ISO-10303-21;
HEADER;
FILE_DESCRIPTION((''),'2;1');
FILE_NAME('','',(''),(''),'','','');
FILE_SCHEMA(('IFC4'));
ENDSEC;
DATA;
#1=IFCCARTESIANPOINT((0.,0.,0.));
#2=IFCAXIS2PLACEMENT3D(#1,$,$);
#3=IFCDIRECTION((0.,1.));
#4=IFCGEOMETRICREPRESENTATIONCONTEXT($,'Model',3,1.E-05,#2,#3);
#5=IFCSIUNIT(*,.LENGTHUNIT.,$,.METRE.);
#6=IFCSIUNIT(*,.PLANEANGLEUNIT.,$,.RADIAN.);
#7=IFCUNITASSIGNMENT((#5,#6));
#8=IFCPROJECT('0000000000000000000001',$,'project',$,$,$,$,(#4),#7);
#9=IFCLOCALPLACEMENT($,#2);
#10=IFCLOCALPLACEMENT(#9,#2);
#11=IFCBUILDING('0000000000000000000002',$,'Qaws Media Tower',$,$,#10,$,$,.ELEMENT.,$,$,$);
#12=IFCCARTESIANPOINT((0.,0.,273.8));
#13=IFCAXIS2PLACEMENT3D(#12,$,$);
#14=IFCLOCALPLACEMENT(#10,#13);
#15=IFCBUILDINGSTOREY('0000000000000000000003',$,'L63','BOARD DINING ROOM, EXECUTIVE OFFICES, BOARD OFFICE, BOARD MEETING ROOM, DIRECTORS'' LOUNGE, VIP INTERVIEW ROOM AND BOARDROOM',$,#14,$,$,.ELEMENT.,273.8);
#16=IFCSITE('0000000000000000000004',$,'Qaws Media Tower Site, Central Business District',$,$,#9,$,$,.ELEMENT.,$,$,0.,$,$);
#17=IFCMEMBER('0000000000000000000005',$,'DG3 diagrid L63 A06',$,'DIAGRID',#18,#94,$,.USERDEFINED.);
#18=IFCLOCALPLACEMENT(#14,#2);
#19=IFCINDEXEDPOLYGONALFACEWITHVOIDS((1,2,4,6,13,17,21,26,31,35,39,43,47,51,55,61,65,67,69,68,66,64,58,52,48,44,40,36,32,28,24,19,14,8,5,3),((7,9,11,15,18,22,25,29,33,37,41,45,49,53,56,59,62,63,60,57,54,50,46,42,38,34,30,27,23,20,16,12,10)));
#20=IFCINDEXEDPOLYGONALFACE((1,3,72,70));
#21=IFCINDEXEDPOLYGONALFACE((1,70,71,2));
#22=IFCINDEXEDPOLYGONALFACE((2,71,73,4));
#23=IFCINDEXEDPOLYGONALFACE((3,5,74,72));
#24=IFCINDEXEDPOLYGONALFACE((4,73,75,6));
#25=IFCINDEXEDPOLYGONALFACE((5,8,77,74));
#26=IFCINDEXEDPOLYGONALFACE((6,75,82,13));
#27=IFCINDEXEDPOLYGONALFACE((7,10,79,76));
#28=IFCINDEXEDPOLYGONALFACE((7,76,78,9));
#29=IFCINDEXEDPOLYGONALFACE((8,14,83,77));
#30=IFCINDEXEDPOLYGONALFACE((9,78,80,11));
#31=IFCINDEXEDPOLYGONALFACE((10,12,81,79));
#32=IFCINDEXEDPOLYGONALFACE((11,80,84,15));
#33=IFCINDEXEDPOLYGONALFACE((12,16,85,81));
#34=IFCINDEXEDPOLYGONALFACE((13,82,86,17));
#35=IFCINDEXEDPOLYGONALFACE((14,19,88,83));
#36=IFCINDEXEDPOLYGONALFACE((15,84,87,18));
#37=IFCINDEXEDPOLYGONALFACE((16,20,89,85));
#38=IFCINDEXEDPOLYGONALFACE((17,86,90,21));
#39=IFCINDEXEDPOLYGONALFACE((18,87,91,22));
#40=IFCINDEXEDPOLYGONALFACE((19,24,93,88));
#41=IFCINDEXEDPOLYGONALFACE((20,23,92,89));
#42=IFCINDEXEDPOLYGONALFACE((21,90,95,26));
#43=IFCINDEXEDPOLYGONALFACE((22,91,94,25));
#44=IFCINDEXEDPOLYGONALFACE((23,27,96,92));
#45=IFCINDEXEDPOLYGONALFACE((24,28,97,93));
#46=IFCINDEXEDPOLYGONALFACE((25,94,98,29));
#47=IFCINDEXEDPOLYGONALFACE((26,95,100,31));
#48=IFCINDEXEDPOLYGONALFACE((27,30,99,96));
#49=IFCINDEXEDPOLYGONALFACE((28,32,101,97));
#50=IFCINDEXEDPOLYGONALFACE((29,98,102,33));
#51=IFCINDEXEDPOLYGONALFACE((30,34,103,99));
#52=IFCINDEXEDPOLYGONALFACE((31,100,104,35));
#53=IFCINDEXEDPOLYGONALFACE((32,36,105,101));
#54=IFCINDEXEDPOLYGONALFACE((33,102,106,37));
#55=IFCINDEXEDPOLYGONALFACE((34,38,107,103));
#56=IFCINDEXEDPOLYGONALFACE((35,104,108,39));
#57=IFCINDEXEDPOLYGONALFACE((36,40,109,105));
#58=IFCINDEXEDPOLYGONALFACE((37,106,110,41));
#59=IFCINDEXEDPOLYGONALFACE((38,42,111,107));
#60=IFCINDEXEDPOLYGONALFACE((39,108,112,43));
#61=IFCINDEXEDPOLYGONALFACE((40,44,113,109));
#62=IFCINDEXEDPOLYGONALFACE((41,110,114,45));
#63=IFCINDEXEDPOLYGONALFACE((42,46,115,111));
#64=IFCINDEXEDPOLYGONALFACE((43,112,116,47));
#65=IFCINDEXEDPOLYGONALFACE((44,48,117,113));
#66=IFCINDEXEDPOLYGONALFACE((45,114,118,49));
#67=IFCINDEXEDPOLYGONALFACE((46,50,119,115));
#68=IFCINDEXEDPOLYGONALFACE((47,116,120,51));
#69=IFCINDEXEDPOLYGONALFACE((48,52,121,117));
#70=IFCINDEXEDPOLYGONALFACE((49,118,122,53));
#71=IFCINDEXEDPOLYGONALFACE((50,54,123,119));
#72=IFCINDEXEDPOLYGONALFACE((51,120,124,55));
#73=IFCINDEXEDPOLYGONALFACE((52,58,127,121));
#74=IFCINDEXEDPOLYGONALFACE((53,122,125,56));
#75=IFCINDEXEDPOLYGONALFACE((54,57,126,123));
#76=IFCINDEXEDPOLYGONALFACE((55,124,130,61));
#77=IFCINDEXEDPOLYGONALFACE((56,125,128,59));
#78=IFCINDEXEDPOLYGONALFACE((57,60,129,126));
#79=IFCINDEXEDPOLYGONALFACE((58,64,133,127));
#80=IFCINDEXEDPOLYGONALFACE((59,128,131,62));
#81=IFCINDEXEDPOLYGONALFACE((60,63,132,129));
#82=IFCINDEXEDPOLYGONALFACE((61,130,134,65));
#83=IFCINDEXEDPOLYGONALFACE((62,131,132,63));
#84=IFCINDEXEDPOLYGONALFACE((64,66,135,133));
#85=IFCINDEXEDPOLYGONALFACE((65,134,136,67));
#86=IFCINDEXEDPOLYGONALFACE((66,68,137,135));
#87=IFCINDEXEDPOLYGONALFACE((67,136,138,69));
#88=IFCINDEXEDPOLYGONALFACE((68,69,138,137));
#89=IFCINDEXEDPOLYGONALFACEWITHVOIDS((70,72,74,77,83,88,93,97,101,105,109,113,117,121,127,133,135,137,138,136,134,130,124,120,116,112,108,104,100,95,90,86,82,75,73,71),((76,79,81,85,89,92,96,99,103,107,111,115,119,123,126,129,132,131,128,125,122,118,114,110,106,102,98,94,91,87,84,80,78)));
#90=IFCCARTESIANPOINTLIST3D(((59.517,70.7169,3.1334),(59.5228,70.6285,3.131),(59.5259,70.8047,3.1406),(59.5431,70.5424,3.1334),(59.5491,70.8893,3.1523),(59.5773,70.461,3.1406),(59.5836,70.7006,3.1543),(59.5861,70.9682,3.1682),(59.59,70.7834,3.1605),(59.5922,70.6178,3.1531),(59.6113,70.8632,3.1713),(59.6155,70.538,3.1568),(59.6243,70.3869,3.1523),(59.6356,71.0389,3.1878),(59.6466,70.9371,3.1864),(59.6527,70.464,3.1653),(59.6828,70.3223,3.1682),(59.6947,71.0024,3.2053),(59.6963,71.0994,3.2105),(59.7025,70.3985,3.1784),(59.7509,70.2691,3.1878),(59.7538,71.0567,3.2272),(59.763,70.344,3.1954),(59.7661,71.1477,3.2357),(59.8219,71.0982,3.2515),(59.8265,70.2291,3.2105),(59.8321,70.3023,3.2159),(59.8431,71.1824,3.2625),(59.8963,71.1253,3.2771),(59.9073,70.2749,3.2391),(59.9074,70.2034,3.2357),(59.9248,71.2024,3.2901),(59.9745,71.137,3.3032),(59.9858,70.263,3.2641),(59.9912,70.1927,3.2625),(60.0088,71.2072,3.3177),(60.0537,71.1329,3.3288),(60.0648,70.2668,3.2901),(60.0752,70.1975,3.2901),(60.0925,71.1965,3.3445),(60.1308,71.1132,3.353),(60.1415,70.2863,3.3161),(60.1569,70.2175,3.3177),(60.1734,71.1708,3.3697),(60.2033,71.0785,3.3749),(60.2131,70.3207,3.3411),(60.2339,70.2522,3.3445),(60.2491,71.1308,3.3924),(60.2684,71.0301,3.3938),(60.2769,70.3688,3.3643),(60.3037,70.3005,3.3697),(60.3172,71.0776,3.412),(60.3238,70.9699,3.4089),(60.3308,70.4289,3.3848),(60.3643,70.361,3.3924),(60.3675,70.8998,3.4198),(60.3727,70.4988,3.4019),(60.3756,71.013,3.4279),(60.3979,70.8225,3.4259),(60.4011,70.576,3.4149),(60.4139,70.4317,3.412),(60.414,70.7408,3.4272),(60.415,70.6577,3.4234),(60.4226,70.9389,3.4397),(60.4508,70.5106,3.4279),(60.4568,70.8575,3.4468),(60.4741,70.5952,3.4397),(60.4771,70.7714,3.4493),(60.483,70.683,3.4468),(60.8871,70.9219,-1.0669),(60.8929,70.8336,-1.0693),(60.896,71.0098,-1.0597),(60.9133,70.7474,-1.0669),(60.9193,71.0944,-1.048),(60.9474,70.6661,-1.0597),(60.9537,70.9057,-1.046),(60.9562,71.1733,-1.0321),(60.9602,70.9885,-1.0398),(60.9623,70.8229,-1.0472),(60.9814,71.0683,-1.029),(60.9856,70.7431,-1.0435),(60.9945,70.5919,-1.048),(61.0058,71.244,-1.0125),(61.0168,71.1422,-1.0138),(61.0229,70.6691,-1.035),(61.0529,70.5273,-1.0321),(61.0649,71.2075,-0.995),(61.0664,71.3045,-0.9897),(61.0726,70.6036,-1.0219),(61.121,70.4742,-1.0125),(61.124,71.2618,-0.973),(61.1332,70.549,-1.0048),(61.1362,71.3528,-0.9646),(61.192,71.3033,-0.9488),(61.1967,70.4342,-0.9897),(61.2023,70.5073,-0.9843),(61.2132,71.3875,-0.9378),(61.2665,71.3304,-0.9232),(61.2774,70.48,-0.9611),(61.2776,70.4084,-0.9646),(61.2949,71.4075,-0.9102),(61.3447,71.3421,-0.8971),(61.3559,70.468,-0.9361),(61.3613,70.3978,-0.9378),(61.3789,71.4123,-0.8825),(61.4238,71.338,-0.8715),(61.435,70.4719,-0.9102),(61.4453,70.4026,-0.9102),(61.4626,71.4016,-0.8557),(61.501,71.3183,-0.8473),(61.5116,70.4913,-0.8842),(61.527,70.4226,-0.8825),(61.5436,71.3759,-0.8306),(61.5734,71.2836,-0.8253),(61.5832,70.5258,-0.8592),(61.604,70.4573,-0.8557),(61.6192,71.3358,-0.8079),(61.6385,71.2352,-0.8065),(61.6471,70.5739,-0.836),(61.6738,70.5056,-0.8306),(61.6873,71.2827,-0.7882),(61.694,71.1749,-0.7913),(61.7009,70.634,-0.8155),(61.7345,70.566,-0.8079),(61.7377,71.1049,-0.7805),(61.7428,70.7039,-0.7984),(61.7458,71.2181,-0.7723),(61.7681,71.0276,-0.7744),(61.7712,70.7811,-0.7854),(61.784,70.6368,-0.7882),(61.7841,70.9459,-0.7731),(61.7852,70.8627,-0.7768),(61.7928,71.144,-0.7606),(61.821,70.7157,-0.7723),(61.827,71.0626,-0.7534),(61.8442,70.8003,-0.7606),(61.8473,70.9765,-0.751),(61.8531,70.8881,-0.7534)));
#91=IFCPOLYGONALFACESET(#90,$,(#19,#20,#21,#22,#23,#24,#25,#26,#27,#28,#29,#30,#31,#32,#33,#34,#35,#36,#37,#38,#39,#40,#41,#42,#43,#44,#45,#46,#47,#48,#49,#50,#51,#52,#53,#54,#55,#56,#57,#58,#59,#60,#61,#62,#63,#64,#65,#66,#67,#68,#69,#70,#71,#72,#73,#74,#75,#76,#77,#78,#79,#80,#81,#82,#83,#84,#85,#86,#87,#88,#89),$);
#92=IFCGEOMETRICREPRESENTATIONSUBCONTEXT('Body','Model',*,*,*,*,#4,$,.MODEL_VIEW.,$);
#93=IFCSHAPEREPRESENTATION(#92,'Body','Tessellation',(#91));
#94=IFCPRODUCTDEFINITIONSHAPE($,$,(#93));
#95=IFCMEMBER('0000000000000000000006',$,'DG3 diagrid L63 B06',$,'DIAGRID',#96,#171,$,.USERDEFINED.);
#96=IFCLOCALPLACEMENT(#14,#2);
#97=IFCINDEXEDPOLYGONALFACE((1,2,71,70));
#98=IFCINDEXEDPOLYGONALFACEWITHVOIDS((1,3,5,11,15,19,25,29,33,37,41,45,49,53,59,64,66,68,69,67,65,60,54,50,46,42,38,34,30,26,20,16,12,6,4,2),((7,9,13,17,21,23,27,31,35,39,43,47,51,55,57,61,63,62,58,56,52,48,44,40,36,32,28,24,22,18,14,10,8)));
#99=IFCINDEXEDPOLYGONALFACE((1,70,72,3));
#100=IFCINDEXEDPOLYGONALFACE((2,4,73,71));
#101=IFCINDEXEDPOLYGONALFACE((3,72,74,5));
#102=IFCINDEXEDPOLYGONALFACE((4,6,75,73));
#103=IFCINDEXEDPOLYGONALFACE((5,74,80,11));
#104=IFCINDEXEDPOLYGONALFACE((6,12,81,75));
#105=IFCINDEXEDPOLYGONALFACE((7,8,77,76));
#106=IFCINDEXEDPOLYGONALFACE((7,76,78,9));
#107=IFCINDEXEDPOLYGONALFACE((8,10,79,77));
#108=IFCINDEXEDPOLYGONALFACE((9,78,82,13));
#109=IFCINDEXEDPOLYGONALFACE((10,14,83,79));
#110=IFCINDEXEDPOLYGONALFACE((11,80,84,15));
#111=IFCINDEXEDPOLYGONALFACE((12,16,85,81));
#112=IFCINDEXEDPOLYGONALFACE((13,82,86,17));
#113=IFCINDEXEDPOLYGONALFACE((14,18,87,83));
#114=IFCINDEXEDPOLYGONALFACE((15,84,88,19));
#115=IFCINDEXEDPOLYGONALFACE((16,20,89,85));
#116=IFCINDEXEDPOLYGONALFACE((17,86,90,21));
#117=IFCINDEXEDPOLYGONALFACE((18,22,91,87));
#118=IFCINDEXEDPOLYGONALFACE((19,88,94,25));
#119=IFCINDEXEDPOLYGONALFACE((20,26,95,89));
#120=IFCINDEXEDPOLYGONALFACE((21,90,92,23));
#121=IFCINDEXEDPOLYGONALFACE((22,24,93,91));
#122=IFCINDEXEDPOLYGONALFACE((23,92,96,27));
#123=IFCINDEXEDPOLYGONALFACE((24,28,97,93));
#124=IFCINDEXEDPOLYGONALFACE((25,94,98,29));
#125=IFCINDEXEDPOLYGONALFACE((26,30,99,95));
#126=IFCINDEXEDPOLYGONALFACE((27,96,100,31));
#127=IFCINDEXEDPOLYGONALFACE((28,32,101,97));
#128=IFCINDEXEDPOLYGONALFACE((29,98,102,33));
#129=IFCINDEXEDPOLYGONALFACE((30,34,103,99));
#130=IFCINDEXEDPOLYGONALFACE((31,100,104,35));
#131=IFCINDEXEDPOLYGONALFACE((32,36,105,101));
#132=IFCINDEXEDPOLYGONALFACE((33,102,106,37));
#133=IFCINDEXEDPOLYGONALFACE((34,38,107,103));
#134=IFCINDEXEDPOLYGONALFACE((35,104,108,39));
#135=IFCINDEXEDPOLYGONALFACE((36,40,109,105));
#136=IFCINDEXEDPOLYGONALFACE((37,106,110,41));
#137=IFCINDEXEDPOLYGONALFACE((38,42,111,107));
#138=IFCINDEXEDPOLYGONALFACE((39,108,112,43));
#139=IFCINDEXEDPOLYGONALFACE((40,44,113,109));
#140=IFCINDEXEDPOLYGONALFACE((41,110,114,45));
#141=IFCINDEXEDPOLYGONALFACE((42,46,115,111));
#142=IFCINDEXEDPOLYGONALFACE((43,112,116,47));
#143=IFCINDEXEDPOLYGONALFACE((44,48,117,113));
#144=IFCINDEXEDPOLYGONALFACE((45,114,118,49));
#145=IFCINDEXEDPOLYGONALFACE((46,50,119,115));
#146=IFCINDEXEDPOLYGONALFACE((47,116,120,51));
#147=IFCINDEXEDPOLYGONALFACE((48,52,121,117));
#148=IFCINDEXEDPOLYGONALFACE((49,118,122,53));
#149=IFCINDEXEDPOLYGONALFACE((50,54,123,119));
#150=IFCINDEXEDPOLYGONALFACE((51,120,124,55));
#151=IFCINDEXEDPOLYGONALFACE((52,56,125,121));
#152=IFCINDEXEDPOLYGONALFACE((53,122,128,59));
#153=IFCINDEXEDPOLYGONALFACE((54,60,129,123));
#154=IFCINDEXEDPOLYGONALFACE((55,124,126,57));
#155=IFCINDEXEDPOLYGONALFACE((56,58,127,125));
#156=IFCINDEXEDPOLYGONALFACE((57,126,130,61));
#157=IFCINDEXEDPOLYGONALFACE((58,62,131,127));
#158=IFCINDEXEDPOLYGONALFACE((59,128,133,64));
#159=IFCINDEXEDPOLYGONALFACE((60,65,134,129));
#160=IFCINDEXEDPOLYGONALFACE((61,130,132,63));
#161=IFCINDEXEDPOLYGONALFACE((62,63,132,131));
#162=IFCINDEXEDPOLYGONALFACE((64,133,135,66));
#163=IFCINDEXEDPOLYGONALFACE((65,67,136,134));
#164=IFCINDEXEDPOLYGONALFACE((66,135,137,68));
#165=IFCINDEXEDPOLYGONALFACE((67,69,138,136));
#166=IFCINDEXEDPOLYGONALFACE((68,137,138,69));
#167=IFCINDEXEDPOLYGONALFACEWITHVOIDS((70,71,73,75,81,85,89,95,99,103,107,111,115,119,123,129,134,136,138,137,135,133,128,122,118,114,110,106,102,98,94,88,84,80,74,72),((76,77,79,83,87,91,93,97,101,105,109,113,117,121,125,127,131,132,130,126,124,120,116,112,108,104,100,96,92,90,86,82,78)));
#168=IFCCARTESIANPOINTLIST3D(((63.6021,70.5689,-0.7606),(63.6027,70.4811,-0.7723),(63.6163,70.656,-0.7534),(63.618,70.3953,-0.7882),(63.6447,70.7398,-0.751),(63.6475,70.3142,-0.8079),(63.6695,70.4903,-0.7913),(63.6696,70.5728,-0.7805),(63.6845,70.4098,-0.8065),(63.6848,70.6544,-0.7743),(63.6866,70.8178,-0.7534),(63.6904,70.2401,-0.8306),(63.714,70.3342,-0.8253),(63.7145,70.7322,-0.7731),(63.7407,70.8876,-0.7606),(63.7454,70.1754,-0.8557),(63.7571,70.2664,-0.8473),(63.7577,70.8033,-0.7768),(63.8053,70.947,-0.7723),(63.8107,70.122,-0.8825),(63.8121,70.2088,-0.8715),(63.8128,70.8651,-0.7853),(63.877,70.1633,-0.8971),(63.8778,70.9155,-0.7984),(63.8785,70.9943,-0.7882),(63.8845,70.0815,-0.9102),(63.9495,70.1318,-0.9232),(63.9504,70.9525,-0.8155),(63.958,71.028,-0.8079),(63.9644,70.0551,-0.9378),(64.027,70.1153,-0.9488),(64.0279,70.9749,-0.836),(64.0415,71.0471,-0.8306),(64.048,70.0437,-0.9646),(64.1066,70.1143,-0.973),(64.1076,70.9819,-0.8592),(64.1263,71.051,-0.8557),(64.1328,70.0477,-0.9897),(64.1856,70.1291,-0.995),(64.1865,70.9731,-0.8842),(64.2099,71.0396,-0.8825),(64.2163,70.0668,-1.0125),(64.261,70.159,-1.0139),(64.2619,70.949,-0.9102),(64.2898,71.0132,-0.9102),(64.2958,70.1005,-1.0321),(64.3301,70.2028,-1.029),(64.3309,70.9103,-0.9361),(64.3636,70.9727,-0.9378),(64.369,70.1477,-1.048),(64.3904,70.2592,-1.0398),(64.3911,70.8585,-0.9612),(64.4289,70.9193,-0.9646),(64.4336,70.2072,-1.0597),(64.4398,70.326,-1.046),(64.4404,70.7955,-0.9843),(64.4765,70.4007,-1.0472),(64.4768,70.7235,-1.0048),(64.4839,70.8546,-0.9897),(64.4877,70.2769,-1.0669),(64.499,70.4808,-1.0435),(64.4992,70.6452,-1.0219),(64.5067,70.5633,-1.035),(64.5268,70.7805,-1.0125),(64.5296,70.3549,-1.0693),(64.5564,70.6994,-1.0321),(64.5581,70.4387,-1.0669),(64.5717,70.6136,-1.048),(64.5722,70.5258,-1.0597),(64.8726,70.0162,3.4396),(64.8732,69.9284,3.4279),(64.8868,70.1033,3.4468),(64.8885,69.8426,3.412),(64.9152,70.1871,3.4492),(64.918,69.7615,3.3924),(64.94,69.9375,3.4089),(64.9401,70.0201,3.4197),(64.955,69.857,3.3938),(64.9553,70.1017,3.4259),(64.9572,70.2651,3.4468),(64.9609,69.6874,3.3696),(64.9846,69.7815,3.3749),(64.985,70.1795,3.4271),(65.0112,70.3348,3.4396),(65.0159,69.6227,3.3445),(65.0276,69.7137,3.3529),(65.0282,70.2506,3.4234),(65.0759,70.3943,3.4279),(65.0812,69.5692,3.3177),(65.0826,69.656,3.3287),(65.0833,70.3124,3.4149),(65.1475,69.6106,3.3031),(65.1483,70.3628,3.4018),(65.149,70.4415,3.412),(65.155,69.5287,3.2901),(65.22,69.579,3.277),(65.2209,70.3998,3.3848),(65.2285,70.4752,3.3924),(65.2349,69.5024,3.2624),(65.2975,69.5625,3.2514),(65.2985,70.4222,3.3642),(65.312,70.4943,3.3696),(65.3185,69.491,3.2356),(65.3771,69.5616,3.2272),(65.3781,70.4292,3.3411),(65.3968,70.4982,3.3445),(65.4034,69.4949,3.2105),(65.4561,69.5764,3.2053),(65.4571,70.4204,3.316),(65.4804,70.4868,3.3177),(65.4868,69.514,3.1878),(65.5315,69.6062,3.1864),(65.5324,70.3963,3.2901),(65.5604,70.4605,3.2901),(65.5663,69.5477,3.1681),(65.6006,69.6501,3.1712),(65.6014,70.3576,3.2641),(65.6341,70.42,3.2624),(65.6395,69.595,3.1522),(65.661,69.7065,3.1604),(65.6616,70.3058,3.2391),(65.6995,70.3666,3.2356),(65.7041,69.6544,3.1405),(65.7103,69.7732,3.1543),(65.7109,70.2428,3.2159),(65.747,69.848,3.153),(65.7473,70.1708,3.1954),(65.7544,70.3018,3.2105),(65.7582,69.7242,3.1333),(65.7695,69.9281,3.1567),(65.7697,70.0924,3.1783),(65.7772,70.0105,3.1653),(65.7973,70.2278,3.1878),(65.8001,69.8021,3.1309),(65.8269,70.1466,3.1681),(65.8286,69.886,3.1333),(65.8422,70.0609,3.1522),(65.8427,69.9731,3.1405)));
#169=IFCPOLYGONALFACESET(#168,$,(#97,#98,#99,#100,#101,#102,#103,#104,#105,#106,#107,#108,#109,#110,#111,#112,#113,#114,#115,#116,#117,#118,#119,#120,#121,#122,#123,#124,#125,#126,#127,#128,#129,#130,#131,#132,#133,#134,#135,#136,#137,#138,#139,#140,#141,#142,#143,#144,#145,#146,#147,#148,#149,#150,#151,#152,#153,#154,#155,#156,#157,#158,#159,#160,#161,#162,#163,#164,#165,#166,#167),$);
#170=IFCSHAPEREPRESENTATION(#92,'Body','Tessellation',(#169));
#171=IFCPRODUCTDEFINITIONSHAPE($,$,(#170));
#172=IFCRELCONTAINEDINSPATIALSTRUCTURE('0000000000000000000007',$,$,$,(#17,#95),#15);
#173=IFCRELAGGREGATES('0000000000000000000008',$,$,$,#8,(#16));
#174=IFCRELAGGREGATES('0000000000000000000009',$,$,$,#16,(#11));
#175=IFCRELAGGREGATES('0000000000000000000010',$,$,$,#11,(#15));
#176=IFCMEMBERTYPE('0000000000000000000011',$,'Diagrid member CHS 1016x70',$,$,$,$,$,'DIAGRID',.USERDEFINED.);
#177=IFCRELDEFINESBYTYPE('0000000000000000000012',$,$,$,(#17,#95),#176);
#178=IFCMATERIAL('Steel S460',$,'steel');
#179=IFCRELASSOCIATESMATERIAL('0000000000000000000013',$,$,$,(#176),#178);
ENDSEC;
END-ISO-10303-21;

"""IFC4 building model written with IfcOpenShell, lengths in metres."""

from ifc_helpers import new_model, si_unit, direction, frame, origin, origin_2d, place, context, subcontext, project, spatial, hollow_circle, extrude, material, material_profile, profile_set, type_object, element, save


model = new_model("IFC4")

# Units and contexts
model_context = context("Model", 3, precision=1e-05, world=origin(), true_north=direction((0.0, 1.0)))
body_context = subcontext(model_context, "Body", "Model", "MODEL_VIEW")
ifc_project = project(units=[si_unit("LENGTHUNIT", "METRE"), si_unit("PLANEANGLEUNIT", "RADIAN")], contexts=[model_context])

# Site, building, storey
site_placement = place(None, origin())
site = spatial("IfcSite", under=ifc_project, at=site_placement, Name="Qaws Media Tower Site, Central Business District", CompositionType="ELEMENT", RefElevation=0.0)
building_placement = place(site_placement, origin())
building = spatial("IfcBuilding", under=site, at=building_placement, Name="Qaws Media Tower", CompositionType="ELEMENT")
storey_placement = place(building_placement, frame((0.0, 0.0, 273.8)))
storey = spatial("IfcBuildingStorey", under=building, at=storey_placement, Name="L63", Description="BOARD DINING ROOM, EXECUTIVE OFFICES, BOARD OFFICE, BOARD MEETING ROOM, DIRECTORS' LOUNGE, VIP INTERVIEW ROOM AND BOARDROOM", CompositionType="ELEMENT", Elevation=273.8)

# Members
ifc_material_1 = material(Name="Steel S460", Category="steel")
ifc_material_profile_1 = material_profile(ifc_material_1, hollow_circle(Radius=0.5081, WallThickness=0.0701, at=origin_2d()), Name="CHS 1016x70")
ifc_profile_set_1 = profile_set([ifc_material_profile_1], Name="Steel S460")
member_type_1 = type_object("IfcMemberType", Name="Diagrid member CHS 1016x70", ElementType="DIAGRID", PredefinedType="USERDEFINED", material=ifc_profile_set_1)
for number, where, z_axis, x_axis, name in (
    (1, (61.3701, 70.905, -0.9102), (-0.309787, -0.046369, 0.949675), (0.14803, -0.988983, 0.0), "DG3 diagrid L63 A06"),
    (2, (64.0872, 70.5474, -0.9102), (0.287262, -0.124973, 0.949664), (0.398932, 0.91698, 0.0), "DG3 diagrid L63 B06"),
):
    element("IfcMember", number, at=place(storey_placement, frame(where, z_axis=z_axis, x_axis=x_axis)), inside=storey, type_object=member_type_1, Name=name, ObjectType="DIAGRID", PredefinedType="USERDEFINED", context=body_context, shape_type="SweptSolid", body=[
        extrude(hollow_circle(Radius=0.5081, WallThickness=0.0701, at=origin_2d()), origin(), (0.0, 0.0, 1.0), 4.4229),
    ])

save(model, "model.ifc")
